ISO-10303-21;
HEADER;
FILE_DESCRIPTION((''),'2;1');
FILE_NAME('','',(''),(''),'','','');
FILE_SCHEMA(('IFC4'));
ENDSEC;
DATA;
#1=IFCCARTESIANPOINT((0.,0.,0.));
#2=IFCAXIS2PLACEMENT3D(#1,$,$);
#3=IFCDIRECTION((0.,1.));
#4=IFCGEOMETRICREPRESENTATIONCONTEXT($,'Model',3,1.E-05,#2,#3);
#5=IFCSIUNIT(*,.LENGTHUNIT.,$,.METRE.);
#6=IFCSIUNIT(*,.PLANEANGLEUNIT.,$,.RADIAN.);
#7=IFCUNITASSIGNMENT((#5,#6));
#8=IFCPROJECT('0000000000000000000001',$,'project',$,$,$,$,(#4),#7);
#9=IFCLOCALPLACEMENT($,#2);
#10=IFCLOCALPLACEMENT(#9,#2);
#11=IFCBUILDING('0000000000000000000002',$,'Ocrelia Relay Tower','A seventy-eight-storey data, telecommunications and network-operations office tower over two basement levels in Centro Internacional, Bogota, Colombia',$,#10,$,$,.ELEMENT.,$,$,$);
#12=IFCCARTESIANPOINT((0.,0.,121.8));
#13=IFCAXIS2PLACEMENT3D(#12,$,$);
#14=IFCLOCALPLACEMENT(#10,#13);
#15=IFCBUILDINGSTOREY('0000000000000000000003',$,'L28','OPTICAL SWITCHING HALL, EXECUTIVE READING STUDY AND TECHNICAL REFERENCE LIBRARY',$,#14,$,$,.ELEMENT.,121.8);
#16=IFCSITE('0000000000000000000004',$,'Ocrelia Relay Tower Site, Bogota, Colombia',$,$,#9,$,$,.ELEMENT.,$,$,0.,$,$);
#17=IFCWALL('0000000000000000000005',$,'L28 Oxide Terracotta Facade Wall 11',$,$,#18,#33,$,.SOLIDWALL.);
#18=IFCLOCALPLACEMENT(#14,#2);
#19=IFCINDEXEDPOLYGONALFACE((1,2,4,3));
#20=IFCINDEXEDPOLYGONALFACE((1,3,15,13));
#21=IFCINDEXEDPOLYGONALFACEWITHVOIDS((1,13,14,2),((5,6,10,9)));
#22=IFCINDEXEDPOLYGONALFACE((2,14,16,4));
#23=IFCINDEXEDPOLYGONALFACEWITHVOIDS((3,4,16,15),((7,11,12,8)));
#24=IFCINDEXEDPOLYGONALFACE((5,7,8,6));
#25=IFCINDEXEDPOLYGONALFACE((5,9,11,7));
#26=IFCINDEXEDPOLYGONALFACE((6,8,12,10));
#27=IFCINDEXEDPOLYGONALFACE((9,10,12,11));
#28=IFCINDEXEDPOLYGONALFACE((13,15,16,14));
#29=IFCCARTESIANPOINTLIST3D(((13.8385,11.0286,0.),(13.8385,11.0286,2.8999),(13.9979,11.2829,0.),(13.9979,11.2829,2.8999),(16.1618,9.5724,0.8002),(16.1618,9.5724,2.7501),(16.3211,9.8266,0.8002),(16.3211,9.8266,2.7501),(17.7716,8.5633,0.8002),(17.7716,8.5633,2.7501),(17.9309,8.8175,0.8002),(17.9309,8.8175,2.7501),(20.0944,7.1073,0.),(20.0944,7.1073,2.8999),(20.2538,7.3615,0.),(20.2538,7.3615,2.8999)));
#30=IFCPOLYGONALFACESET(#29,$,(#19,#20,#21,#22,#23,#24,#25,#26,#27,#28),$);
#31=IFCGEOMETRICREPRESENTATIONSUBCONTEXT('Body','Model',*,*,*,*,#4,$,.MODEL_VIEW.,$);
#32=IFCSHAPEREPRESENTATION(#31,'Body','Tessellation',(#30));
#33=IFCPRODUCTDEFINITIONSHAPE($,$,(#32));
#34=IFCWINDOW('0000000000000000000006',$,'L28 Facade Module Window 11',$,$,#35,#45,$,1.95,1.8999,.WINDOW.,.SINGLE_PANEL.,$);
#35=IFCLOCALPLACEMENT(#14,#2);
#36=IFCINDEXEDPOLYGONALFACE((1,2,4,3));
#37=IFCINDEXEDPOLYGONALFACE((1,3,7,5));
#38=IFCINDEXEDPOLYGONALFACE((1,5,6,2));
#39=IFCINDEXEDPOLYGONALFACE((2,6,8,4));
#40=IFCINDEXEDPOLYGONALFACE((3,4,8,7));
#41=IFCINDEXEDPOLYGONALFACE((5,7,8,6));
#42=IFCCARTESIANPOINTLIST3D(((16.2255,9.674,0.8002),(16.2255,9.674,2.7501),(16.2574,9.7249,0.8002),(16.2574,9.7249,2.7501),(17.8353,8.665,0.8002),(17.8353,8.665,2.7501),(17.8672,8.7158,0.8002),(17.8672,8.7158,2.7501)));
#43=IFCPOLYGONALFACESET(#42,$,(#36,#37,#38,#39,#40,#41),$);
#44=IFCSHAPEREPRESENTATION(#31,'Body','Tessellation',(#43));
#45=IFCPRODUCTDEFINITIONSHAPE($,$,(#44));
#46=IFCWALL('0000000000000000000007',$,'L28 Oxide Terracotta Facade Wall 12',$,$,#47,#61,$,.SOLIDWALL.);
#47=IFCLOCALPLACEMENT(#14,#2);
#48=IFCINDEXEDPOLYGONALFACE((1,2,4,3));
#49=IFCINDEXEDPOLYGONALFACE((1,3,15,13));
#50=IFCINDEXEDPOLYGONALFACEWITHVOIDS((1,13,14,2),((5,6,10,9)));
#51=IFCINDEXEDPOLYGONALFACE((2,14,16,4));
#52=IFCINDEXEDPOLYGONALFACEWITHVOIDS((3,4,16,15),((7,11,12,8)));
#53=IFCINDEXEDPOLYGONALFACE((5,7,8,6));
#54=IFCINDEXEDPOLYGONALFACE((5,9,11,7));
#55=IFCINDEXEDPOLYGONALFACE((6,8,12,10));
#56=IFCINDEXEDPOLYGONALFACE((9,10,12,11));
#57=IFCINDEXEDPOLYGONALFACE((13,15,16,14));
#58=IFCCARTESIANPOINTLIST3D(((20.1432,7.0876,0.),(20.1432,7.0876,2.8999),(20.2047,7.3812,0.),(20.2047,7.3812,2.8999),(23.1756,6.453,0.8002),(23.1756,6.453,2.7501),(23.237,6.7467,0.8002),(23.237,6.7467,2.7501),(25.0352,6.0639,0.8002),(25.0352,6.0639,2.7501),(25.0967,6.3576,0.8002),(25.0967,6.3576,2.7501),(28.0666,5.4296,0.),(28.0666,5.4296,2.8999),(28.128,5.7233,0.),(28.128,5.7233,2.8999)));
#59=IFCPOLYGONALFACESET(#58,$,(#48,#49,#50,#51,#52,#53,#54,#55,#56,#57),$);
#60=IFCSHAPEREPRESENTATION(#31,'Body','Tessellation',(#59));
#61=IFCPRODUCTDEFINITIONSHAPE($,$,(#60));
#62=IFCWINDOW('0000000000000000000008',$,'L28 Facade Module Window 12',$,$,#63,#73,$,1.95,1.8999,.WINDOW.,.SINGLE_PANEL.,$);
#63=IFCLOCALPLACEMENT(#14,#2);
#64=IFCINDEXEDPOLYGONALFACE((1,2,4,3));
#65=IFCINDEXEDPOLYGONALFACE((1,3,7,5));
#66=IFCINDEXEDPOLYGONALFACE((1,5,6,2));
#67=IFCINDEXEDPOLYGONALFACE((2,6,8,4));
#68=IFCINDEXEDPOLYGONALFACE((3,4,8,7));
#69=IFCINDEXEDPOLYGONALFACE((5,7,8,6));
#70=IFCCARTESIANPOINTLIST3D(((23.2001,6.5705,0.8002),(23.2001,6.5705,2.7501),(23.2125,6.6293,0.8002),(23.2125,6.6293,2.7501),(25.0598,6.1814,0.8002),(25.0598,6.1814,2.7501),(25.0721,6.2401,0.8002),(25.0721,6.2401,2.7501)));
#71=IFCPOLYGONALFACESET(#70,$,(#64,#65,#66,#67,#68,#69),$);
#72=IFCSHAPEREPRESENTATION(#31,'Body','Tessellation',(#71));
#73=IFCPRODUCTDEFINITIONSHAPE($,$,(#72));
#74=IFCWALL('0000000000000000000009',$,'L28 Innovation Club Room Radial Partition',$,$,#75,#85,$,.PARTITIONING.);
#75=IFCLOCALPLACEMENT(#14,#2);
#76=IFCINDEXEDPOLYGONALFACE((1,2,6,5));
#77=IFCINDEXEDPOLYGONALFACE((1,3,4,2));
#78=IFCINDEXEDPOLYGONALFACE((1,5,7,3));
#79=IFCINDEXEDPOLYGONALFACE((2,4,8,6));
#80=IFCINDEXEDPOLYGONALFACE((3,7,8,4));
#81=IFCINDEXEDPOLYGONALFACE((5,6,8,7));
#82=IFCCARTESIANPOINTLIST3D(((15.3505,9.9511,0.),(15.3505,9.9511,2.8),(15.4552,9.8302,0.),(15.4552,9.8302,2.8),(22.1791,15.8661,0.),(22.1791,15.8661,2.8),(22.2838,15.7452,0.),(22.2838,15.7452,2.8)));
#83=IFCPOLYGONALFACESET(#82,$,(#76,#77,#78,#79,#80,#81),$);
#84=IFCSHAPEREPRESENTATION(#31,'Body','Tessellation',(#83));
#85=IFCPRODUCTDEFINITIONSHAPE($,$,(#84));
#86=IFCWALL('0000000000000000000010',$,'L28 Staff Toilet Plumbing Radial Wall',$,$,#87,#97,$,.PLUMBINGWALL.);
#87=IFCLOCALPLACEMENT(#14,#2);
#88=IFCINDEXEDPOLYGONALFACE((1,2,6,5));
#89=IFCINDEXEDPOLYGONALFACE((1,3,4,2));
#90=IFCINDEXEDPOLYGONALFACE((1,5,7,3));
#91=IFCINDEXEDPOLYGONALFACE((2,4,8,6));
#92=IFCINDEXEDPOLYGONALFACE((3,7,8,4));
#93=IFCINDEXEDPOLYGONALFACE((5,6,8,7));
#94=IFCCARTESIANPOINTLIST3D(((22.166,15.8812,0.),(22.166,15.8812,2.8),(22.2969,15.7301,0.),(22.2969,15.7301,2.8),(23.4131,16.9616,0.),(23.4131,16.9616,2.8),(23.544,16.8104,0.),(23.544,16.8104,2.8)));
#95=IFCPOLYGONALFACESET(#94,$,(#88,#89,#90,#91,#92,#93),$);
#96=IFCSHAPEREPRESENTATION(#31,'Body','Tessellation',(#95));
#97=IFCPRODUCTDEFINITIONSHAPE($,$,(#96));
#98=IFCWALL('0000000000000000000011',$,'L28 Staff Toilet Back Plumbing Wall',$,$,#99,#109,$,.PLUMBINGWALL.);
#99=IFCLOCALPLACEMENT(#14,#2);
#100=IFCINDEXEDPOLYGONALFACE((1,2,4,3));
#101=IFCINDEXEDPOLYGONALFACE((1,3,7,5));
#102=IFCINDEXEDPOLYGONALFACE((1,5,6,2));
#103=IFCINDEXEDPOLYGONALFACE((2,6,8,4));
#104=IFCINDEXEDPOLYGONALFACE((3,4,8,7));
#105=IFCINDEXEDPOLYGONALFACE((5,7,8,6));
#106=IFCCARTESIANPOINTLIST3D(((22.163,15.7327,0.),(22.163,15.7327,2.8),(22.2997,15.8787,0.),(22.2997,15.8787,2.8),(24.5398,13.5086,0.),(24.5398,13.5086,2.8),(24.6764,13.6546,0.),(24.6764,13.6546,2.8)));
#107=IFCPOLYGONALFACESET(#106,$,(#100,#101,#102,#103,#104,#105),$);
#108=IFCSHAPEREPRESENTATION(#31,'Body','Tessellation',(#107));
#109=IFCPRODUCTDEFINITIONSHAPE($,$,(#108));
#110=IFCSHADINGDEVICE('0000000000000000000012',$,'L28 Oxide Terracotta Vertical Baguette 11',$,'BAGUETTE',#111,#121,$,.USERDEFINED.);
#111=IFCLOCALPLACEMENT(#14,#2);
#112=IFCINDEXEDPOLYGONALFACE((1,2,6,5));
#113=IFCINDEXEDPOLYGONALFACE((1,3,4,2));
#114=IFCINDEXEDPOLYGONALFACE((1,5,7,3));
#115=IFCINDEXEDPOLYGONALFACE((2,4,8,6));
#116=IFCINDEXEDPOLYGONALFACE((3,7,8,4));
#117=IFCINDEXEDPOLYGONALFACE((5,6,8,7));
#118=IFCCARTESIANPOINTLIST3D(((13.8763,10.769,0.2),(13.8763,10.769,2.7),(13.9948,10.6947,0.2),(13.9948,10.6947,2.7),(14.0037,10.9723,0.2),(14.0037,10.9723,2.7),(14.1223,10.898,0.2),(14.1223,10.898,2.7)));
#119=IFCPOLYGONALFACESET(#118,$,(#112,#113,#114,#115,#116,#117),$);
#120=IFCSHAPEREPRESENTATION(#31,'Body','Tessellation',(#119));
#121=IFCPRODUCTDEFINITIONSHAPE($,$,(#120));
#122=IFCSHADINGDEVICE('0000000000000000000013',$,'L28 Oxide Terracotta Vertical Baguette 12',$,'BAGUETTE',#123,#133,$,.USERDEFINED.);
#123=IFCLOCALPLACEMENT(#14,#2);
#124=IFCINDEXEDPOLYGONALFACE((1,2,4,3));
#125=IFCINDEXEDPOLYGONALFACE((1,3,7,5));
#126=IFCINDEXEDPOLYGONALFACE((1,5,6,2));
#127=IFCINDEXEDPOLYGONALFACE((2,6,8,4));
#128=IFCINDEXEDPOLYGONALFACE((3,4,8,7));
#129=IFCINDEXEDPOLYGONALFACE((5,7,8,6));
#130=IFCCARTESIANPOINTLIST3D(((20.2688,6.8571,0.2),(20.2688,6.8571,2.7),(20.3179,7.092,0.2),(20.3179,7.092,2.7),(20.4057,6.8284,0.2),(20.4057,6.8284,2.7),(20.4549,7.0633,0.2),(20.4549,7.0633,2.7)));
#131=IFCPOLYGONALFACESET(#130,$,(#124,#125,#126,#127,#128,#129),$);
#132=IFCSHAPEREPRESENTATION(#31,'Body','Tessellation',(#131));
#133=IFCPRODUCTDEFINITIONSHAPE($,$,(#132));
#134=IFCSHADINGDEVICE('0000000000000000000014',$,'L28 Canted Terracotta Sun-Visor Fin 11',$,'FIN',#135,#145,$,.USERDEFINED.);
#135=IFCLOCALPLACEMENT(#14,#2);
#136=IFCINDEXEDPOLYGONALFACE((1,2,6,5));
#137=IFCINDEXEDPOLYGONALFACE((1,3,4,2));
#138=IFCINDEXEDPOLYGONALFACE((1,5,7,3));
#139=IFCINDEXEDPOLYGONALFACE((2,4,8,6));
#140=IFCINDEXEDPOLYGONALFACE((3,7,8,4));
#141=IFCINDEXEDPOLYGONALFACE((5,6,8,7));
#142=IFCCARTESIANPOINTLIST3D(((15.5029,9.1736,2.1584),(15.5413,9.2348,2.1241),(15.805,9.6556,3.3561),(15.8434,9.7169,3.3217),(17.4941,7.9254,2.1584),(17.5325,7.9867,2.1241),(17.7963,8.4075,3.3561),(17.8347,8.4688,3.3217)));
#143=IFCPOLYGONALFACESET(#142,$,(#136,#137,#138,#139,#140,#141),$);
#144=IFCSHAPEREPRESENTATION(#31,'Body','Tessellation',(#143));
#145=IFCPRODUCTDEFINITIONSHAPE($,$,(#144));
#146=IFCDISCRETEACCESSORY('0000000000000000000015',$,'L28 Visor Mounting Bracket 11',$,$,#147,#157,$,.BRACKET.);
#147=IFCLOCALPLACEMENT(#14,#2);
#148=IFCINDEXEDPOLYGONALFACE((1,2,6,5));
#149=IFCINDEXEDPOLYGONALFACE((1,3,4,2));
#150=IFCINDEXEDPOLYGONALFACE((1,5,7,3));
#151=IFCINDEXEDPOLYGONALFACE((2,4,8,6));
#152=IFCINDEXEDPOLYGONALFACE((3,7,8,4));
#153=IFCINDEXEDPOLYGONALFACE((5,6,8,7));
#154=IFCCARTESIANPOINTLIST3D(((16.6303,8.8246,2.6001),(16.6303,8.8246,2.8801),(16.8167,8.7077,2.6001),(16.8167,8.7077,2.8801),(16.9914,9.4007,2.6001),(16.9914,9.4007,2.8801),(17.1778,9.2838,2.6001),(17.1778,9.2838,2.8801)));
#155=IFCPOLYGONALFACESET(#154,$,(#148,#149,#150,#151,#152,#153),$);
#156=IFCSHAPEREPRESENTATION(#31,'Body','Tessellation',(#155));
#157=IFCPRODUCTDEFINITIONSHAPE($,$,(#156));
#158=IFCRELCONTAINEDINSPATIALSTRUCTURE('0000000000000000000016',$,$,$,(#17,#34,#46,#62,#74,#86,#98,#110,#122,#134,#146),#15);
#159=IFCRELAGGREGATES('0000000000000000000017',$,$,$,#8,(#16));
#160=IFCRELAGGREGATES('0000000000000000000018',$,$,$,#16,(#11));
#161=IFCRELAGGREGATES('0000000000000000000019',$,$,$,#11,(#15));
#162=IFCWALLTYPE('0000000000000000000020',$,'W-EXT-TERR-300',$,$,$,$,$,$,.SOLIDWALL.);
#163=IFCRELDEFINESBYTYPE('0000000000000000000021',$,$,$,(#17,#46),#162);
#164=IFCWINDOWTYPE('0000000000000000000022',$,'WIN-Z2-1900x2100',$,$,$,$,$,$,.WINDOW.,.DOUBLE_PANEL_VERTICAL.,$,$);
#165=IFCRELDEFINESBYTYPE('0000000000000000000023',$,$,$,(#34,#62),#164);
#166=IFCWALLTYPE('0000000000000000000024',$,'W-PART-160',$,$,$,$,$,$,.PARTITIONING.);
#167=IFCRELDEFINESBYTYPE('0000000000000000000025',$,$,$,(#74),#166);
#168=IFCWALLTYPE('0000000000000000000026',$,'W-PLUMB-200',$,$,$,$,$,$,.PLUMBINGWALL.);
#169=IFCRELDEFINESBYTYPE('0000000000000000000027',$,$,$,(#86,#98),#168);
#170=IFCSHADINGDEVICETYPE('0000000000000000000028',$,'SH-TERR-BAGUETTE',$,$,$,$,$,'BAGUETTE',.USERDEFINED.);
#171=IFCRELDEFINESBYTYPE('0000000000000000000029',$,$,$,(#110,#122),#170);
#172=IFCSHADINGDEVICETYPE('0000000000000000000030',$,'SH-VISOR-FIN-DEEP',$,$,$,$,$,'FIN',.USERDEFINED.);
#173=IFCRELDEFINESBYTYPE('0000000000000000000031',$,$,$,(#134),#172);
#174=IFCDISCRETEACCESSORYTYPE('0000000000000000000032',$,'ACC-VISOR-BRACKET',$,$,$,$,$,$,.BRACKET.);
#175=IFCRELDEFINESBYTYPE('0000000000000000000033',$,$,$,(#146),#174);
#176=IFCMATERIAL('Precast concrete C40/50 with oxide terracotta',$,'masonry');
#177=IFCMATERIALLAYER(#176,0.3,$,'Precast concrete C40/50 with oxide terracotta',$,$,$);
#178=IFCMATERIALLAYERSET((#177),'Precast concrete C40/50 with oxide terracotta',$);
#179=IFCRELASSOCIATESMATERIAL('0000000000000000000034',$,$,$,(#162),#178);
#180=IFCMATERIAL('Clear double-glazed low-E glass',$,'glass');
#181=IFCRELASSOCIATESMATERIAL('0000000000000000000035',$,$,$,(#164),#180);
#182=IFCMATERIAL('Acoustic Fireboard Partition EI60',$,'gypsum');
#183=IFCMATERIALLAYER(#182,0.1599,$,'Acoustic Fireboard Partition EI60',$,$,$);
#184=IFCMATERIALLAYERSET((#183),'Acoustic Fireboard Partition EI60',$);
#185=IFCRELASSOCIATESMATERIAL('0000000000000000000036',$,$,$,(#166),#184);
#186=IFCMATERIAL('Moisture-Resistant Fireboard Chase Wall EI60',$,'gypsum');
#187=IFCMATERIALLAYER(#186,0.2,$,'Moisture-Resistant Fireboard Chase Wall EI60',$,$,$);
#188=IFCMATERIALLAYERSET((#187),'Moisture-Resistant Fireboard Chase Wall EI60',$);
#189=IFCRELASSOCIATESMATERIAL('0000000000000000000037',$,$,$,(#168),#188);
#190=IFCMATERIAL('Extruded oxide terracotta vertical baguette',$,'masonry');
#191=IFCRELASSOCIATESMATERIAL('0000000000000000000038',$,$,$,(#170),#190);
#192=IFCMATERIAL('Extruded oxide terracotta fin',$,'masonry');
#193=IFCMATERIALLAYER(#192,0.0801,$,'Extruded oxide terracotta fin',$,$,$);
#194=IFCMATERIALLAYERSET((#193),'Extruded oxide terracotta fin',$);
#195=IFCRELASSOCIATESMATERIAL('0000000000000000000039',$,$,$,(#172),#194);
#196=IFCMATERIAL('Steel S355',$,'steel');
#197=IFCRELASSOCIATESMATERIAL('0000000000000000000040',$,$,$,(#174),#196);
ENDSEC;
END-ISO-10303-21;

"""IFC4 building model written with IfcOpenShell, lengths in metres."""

from ifc_helpers import new_model, si_unit, direction, frame, frame_2d, origin, origin_2d, place, context, subcontext, project, spatial, rectangle, extrude, material, layer, layer_set, type_object, element, fill, save


model = new_model("IFC4")

# Units and contexts
model_context = context("Model", 3, precision=1e-05, world=origin(), true_north=direction((0.0, 1.0)))
body_context = subcontext(model_context, "Body", "Model", "MODEL_VIEW")
ifc_project = project(units=[si_unit("LENGTHUNIT", "METRE"), si_unit("PLANEANGLEUNIT", "RADIAN")], contexts=[model_context])

# Site, building, storey
site_placement = place(None, origin())
site = spatial("IfcSite", under=ifc_project, at=site_placement, Name="Ocrelia Relay Tower Site, Bogota, Colombia", CompositionType="ELEMENT", RefElevation=0.0)
building_placement = place(site_placement, origin())
building = spatial("IfcBuilding", under=site, at=building_placement, Name="Ocrelia Relay Tower", Description="A seventy-eight-storey data, telecommunications and network-operations office tower over two basement levels in Centro Internacional, Bogota, Colombia", CompositionType="ELEMENT")
storey_placement = place(building_placement, frame((0.0, 0.0, 121.8)))
storey = spatial("IfcBuildingStorey", under=building, at=storey_placement, Name="L28", Description="OPTICAL SWITCHING HALL, EXECUTIVE READING STUDY AND TECHNICAL REFERENCE LIBRARY", CompositionType="ELEMENT", Elevation=121.8)

# Shared definitions
ifc_material_1 = material(Name="Steel S355", Category="steel")

# Shared definitions
ifc_material_2 = material(Name="Clear double-glazed low-E glass", Category="glass")

# Walls, openings, windows
ifc_material_3 = material(Name="Precast concrete C40/50 with oxide terracotta", Category="masonry")
ifc_layer_1 = layer(ifc_material_3, 0.3, Name="Precast concrete C40/50 with oxide terracotta")
ifc_layer_set_1 = layer_set([ifc_layer_1], Name="Precast concrete C40/50 with oxide terracotta")
wall_type_1 = type_object("IfcWallType", Name="W-EXT-TERR-300", PredefinedType="SOLIDWALL", material=ifc_layer_set_1)
wall_1_placement = place(storey_placement, frame((13.9182, 11.1558, 0.0), z_axis=(0.0, 0.0, 1.0), x_axis=(0.847299, -0.531116, 0.0)))
wall_1 = element("IfcWall", 1, at=wall_1_placement, inside=storey, type_object=wall_type_1, Name="L28 Oxide Terracotta Facade Wall 11", PredefinedType="SOLIDWALL", context=body_context, shape_type="SweptSolid", body=[
    extrude(rectangle(XDim=7.3833, YDim=0.3, at=frame_2d((3.6917, 0.0))), origin(), (0.0, 0.0, 1.0), 2.8999),
])
opening_1_placement = place(wall_1_placement, frame((2.7419, 0.0, 0.8)))
opening_1 = element("IfcOpeningElement", 2, at=opening_1_placement, cuts=wall_1, PredefinedType="OPENING", context=body_context, shape_type="SweptSolid", body=[
    extrude(rectangle(XDim=1.8999, YDim=1.95, at=frame_2d((0.95, 0.9751))), frame((0.0, 0.1602, 0.0), z_axis=(0.0, -1.0, 0.0), x_axis=(1.0, 0.0, 0.0)), (0.0, 0.0, 1.0), 0.3201),
])
window_type = type_object("IfcWindowType", Name="WIN-Z2-1900x2100", PartitioningType="DOUBLE_PANEL_VERTICAL", PredefinedType="WINDOW", material=ifc_material_2)
window_1_placement = place(opening_1_placement, origin())
window_1 = element("IfcWindow", 3, at=window_1_placement, inside=storey, type_object=window_type, Name="L28 Facade Module Window 11", OverallHeight=1.95, OverallWidth=1.8999, PartitioningType="SINGLE_PANEL", PredefinedType="WINDOW", context=body_context, shape_type="SweptSolid", body=[
    extrude(rectangle(XDim=1.8999, YDim=1.95, at=frame_2d((0.95, 0.9751))), frame((0.0, 0.03, 0.0), z_axis=(0.0, -1.0, 0.0), x_axis=(1.0, 0.0, 0.0)), (0.0, 0.0, 1.0), 0.0601),
])
fill(opening_1, window_1)
wall_2_placement = place(storey_placement, frame((20.1741, 7.2344, 0.0), z_axis=(0.0, 0.0, 1.0), x_axis=(0.978801, -0.204814, 0.0)))
wall_2 = element("IfcWall", 4, at=wall_2_placement, inside=storey, type_object=wall_type_1, Name="L28 Oxide Terracotta Facade Wall 12", PredefinedType="SOLIDWALL", context=body_context, shape_type="SweptSolid", body=[
    extrude(rectangle(XDim=8.095, YDim=0.3, at=frame_2d((4.0474, 0.0))), origin(), (0.0, 0.0, 1.0), 2.8999),
])
opening_2_placement = place(wall_2_placement, frame((3.0979, 0.0, 0.8)))
opening_2 = element("IfcOpeningElement", 5, at=opening_2_placement, cuts=wall_2, PredefinedType="OPENING", context=body_context, shape_type="SweptSolid", body=[
    extrude(rectangle(XDim=1.8999, YDim=1.95, at=frame_2d((0.95, 0.9751))), frame((0.0, 0.1602, 0.0), z_axis=(0.0, -1.0, 0.0), x_axis=(1.0, 0.0, 0.0)), (0.0, 0.0, 1.0), 0.3201),
])
window_2_placement = place(opening_2_placement, origin())
window_2 = element("IfcWindow", 6, at=window_2_placement, inside=storey, type_object=window_type, Name="L28 Facade Module Window 12", OverallHeight=1.95, OverallWidth=1.8999, PartitioningType="SINGLE_PANEL", PredefinedType="WINDOW", context=body_context, shape_type="SweptSolid", body=[
    extrude(rectangle(XDim=1.8999, YDim=1.95, at=frame_2d((0.95, 0.9751))), frame((0.0, 0.03, 0.0), z_axis=(0.0, -1.0, 0.0), x_axis=(1.0, 0.0, 0.0)), (0.0, 0.0, 1.0), 0.0601),
])
fill(opening_2, window_2)

# Walls
ifc_material_4 = material(Name="Acoustic Fireboard Partition EI60", Category="gypsum")
ifc_layer_2 = layer(ifc_material_4, 0.1599, Name="Acoustic Fireboard Partition EI60")
ifc_layer_set_2 = layer_set([ifc_layer_2], Name="Acoustic Fireboard Partition EI60")
wall_type_2 = type_object("IfcWallType", Name="W-PART-160", PredefinedType="PARTITIONING", material=ifc_layer_set_2)
wall_3_placement = place(storey_placement, frame((22.2314, 15.8057, 0.0), z_axis=(0.0, 0.0, 1.0), x_axis=(-0.755858, -0.654735, 0.0)))
element("IfcWall", 7, at=wall_3_placement, inside=storey, type_object=wall_type_2, Name="L28 Innovation Club Room Radial Partition", PredefinedType="PARTITIONING", context=body_context, shape_type="SweptSolid", body=[
    extrude(rectangle(XDim=9.0342, YDim=0.1599, at=frame_2d((4.5171, 0.0))), origin(), (0.0, 0.0, 1.0), 2.8),
])
ifc_material_5 = material(Name="Moisture-Resistant Fireboard Chase Wall EI60", Category="gypsum")
ifc_layer_3 = layer(ifc_material_5, 0.2, Name="Moisture-Resistant Fireboard Chase Wall EI60")
ifc_layer_set_3 = layer_set([ifc_layer_3], Name="Moisture-Resistant Fireboard Chase Wall EI60")
wall_type_3 = type_object("IfcWallType", Name="W-PLUMB-200", PredefinedType="PLUMBINGWALL", material=ifc_layer_set_3)
wall_4_placement = place(storey_placement, frame((23.4785, 16.886, 0.0), z_axis=(0.0, 0.0, 1.0), x_axis=(-0.755831, -0.654767, 0.0)))
element("IfcWall", 8, at=wall_4_placement, inside=storey, type_object=wall_type_3, Name="L28 Staff Toilet Plumbing Radial Wall", PredefinedType="PLUMBINGWALL", context=body_context, shape_type="SweptSolid", body=[
    extrude(rectangle(XDim=1.6499, YDim=0.2, at=frame_2d((0.825, 0.0))), origin(), (0.0, 0.0, 1.0), 2.8),
])
wall_5_placement = place(storey_placement, frame((22.2314, 15.8057, 0.0), z_axis=(0.0, 0.0, 1.0), x_axis=(0.730157, -0.68328, 0.0)))
element("IfcWall", 9, at=wall_5_placement, inside=storey, type_object=wall_type_3, Name="L28 Staff Toilet Back Plumbing Wall", PredefinedType="PLUMBINGWALL", context=body_context, shape_type="SweptSolid", body=[
    extrude(rectangle(XDim=3.2551, YDim=0.2, at=frame_2d((1.6274, 0.0))), origin(), (0.0, 0.0, 1.0), 2.8),
])

# Shading devices
ifc_material_6 = material(Name="Extruded oxide terracotta vertical baguette", Category="masonry")
shading_device_type_1 = type_object("IfcShadingDeviceType", Name="SH-TERR-BAGUETTE", ElementType="BAGUETTE", PredefinedType="USERDEFINED", material=ifc_material_6)
for number, where, z_axis, x_axis, name in (
    (10, (13.9993, 10.8335, 0.2), (0.0, 0.0, 1.0), (0.847306, -0.531105, 0.0), "L28 Oxide Terracotta Vertical Baguette 11"),
    (11, (20.3618, 6.9602, 0.2), (0.0, 0.0, 1.0), (0.978803, -0.204803, 0.0), "L28 Oxide Terracotta Vertical Baguette 12"),
):
    element("IfcShadingDevice", number, at=place(storey_placement, frame(where, z_axis=z_axis, x_axis=x_axis)), inside=storey, type_object=shading_device_type_1, Name=name, ObjectType="BAGUETTE", PredefinedType="USERDEFINED", context=body_context, shape_type="SweptSolid", body=[
        extrude(rectangle(XDim=0.1399, YDim=0.24, at=origin_2d()), origin(), (0.0, 0.0, 1.0), 2.5),
    ])
ifc_material_7 = material(Name="Extruded oxide terracotta fin", Category="masonry")
ifc_layer_4 = layer(ifc_material_7, 0.0801, Name="Extruded oxide terracotta fin")
ifc_layer_set_4 = layer_set([ifc_layer_4], Name="Extruded oxide terracotta fin")
shading_device_type_2 = type_object("IfcShadingDeviceType", Name="SH-VISOR-FIN-DEEP", ElementType="FIN", PredefinedType="USERDEFINED", material=ifc_layer_set_4)
shading_device_placement = place(storey_placement, frame((16.688, 8.8518, 2.7229), z_axis=(-0.479726, -0.765338, 0.429093), x_axis=(0.847306, -0.531105, 0.0)))
element("IfcShadingDevice", 12, at=shading_device_placement, inside=storey, type_object=shading_device_type_2, Name="L28 Canted Terracotta Sun-Visor Fin 11", ObjectType="FIN", PredefinedType="USERDEFINED", context=body_context, shape_type="SweptSolid", body=[
    extrude(rectangle(XDim=2.3501, YDim=1.3259, at=origin_2d()), origin(), (0.0, 0.0, 1.0), 0.0801),
])

# Discrete accessory
discrete_accessory_type = type_object("IfcDiscreteAccessoryType", Name="ACC-VISOR-BRACKET", PredefinedType="BRACKET", material=ifc_material_1)
discrete_accessory_placement = place(storey_placement, frame((16.9041, 9.0542, 2.6001), z_axis=(0.0, 0.0, 1.0), x_axis=(0.847306, -0.531105, 0.0)))
element("IfcDiscreteAccessory", 13, at=discrete_accessory_placement, inside=storey, type_object=discrete_accessory_type, Name="L28 Visor Mounting Bracket 11", PredefinedType="BRACKET", context=body_context, shape_type="SweptSolid", body=[
    extrude(rectangle(XDim=0.22, YDim=0.6799, at=origin_2d()), origin(), (0.0, 0.0, 1.0), 0.28),
])

save(model, "model.ifc")
